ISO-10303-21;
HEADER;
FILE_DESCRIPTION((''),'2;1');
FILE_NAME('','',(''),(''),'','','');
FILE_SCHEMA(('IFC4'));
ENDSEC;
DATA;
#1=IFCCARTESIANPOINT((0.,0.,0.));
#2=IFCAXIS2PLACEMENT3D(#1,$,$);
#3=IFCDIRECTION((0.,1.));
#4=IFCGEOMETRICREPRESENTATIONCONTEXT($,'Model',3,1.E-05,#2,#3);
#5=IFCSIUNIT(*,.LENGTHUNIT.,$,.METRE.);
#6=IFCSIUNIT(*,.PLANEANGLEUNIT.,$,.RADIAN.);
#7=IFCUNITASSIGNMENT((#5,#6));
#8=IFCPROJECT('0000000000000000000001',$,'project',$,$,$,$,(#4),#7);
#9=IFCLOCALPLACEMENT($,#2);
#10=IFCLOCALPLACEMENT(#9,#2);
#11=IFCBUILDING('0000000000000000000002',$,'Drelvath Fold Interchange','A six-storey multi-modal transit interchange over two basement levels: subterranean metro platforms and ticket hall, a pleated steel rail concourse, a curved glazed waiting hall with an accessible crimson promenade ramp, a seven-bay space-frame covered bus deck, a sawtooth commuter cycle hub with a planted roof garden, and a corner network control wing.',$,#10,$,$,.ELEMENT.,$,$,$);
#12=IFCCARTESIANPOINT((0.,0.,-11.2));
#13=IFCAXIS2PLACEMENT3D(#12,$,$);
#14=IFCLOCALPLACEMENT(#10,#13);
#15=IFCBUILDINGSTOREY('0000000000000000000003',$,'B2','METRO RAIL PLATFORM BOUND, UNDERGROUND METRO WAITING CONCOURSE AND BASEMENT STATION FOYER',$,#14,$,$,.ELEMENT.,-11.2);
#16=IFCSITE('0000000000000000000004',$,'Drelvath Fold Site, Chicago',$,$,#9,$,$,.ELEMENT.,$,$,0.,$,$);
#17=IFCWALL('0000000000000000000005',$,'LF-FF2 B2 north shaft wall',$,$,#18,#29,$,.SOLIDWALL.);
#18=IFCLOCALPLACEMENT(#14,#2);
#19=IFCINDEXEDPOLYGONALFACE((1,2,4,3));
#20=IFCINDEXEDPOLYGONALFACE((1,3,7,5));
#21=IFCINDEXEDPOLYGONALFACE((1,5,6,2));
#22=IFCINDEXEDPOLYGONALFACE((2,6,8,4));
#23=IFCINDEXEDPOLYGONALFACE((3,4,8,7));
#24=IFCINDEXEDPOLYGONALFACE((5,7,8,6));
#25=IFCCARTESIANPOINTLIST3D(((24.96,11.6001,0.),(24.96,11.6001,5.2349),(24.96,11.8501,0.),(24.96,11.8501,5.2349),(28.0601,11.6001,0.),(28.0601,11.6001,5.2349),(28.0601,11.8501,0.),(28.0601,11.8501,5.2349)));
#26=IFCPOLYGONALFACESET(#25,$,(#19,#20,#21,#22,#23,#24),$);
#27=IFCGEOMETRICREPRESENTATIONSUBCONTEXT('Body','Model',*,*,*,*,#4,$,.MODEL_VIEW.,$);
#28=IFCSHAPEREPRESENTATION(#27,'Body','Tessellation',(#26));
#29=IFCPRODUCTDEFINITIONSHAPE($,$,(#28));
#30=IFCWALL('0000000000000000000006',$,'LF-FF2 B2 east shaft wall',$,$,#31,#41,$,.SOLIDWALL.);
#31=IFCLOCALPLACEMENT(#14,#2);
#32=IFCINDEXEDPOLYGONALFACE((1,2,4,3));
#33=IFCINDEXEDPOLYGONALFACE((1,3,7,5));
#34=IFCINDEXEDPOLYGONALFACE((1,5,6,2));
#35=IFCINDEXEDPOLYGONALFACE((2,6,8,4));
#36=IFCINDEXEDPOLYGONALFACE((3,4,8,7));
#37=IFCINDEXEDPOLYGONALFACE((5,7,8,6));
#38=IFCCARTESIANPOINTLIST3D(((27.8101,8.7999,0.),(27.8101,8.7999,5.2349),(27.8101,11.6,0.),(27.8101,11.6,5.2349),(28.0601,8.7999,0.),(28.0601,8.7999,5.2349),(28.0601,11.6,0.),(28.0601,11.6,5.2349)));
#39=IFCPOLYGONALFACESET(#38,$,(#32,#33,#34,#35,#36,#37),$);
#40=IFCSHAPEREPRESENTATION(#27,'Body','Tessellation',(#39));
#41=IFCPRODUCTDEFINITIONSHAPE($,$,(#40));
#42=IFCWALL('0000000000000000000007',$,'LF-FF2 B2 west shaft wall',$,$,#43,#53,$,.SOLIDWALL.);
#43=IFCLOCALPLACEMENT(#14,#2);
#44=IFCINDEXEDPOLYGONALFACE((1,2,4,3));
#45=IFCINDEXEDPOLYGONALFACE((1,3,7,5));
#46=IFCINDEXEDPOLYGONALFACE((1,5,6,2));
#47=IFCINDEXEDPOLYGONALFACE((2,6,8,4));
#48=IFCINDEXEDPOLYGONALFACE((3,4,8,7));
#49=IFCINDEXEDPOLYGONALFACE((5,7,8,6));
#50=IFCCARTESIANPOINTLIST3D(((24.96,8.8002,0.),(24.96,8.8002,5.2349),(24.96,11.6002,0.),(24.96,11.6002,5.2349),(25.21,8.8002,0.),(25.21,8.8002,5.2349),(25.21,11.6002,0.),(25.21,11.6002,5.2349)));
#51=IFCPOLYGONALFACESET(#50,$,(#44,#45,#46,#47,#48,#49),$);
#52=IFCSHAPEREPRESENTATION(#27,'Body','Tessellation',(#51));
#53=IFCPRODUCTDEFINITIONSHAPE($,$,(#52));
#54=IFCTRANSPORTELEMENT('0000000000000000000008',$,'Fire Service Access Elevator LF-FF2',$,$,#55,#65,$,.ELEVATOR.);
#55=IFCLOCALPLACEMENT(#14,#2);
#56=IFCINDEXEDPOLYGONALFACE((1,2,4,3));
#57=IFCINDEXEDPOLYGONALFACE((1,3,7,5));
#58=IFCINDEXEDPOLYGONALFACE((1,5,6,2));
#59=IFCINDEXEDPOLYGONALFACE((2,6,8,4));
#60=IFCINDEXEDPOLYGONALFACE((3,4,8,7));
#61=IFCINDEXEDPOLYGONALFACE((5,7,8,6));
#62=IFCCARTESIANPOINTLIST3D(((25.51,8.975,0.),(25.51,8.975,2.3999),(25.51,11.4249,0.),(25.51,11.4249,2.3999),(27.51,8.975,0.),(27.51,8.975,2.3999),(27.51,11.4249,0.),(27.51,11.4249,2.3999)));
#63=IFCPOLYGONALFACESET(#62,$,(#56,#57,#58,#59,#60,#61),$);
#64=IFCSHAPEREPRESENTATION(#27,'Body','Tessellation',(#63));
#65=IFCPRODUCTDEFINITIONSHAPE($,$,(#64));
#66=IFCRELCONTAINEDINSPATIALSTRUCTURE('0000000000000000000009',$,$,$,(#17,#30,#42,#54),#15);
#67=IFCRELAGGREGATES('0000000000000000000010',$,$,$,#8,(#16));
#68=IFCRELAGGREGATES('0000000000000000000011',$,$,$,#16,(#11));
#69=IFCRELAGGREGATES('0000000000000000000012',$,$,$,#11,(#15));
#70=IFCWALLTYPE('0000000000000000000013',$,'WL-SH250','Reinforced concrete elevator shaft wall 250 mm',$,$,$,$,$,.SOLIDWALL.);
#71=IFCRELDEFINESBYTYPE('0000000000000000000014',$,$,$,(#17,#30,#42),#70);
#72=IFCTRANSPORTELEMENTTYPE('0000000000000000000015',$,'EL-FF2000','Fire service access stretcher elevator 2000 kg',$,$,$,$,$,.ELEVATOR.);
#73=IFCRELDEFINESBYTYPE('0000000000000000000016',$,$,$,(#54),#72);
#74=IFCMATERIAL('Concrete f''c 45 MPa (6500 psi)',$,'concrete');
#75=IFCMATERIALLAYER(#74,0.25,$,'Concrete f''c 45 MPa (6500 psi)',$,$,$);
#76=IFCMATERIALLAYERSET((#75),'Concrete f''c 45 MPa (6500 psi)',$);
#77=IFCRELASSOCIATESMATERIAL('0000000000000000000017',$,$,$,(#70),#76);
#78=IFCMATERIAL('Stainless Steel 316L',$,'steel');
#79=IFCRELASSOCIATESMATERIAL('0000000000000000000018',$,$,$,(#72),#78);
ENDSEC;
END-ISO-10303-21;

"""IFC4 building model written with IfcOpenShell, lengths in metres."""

from ifc_helpers import new_model, si_unit, direction, frame, frame_2d, origin, origin_2d, place, context, subcontext, project, spatial, rectangle, extrude, material, layer, layer_set, type_object, element, save


model = new_model("IFC4")

# Units and contexts
model_context = context("Model", 3, precision=1e-05, world=origin(), true_north=direction((0.0, 1.0)))
body_context = subcontext(model_context, "Body", "Model", "MODEL_VIEW")
ifc_project = project(units=[si_unit("LENGTHUNIT", "METRE"), si_unit("PLANEANGLEUNIT", "RADIAN")], contexts=[model_context])

# Site, building, storey
site_placement = place(None, origin())
site = spatial("IfcSite", under=ifc_project, at=site_placement, Name="Drelvath Fold Site, Chicago", CompositionType="ELEMENT", RefElevation=0.0)
building_placement = place(site_placement, origin())
building = spatial("IfcBuilding", under=site, at=building_placement, Name="Drelvath Fold Interchange", Description="A six-storey multi-modal transit interchange over two basement levels: subterranean metro platforms and ticket hall, a pleated steel rail concourse, a curved glazed waiting hall with an accessible crimson promenade ramp, a seven-bay space-frame covered bus deck, a sawtooth commuter cycle hub with a planted roof garden, and a corner network control wing.", CompositionType="ELEMENT")
storey_placement = place(building_placement, frame((0.0, 0.0, -11.2)))
storey = spatial("IfcBuildingStorey", under=building, at=storey_placement, Name="B2", Description="METRO RAIL PLATFORM BOUND, UNDERGROUND METRO WAITING CONCOURSE AND BASEMENT STATION FOYER", CompositionType="ELEMENT", Elevation=-11.2)

# Shared definitions
ifc_material_1 = material(Name="Concrete f'c 45 MPa (6500 psi)", Category="concrete")

# Walls
ifc_layer_1 = layer(ifc_material_1, 0.25, Name="Concrete f'c 45 MPa (6500 psi)")
ifc_layer_set_1 = layer_set([ifc_layer_1], Name="Concrete f'c 45 MPa (6500 psi)")
wall_type_1 = type_object("IfcWallType", Name="WL-SH250", Description="Reinforced concrete elevator shaft wall 250 mm", PredefinedType="SOLIDWALL", material=ifc_layer_set_1)
wall_1_placement = place(storey_placement, frame((28.0601, 11.7251, 0.0), z_axis=(0.0, 0.0, 1.0), x_axis=(-1.0, 0.0, 0.0)))
element("IfcWall", 1, at=wall_1_placement, inside=storey, type_object=wall_type_1, Name="LF-FF2 B2 north shaft wall", PredefinedType="SOLIDWALL", context=body_context, shape_type="SweptSolid", body=[
    extrude(rectangle(XDim=3.1001, YDim=0.25, at=frame_2d((1.55, 0.0))), origin(), (0.0, 0.0, 1.0), 5.2349),
])
for number, where, z_axis, x_axis, name in (
    (2, (27.9351, 8.8, 0.0), (0.0, 0.0, 1.0), (0.0, 1.0, 0.0), "LF-FF2 B2 east shaft wall"),
    (3, (25.085, 11.6001, 0.0), (0.0, 0.0, 1.0), (0.0, -1.0, 0.0), "LF-FF2 B2 west shaft wall"),
):
    element("IfcWall", number, at=place(storey_placement, frame(where, z_axis=z_axis, x_axis=x_axis)), inside=storey, type_object=wall_type_1, Name=name, PredefinedType="SOLIDWALL", context=body_context, shape_type="SweptSolid", body=[
        extrude(rectangle(XDim=2.8, YDim=0.25, at=frame_2d((1.3999, 0.0))), origin(), (0.0, 0.0, 1.0), 5.2349),
    ])

# Transport element
ifc_material_2 = material(Name="Stainless Steel 316L", Category="steel")
transport_element_type = type_object("IfcTransportElementType", Name="EL-FF2000", Description="Fire service access stretcher elevator 2000 kg", PredefinedType="ELEVATOR", material=ifc_material_2)
transport_element_placement = place(storey_placement, frame((26.51, 10.2, 0.0), z_axis=(0.0, 0.0, 1.0), x_axis=(1.0, 0.0, 0.0)))
element("IfcTransportElement", 4, at=transport_element_placement, inside=storey, type_object=transport_element_type, Name="Fire Service Access Elevator LF-FF2", PredefinedType="ELEVATOR", context=body_context, shape_type="SweptSolid", body=[
    extrude(rectangle(XDim=2.0, YDim=2.45, at=origin_2d()), origin(), (0.0, 0.0, 1.0), 2.3999),
])

save(model, "model.ifc")
